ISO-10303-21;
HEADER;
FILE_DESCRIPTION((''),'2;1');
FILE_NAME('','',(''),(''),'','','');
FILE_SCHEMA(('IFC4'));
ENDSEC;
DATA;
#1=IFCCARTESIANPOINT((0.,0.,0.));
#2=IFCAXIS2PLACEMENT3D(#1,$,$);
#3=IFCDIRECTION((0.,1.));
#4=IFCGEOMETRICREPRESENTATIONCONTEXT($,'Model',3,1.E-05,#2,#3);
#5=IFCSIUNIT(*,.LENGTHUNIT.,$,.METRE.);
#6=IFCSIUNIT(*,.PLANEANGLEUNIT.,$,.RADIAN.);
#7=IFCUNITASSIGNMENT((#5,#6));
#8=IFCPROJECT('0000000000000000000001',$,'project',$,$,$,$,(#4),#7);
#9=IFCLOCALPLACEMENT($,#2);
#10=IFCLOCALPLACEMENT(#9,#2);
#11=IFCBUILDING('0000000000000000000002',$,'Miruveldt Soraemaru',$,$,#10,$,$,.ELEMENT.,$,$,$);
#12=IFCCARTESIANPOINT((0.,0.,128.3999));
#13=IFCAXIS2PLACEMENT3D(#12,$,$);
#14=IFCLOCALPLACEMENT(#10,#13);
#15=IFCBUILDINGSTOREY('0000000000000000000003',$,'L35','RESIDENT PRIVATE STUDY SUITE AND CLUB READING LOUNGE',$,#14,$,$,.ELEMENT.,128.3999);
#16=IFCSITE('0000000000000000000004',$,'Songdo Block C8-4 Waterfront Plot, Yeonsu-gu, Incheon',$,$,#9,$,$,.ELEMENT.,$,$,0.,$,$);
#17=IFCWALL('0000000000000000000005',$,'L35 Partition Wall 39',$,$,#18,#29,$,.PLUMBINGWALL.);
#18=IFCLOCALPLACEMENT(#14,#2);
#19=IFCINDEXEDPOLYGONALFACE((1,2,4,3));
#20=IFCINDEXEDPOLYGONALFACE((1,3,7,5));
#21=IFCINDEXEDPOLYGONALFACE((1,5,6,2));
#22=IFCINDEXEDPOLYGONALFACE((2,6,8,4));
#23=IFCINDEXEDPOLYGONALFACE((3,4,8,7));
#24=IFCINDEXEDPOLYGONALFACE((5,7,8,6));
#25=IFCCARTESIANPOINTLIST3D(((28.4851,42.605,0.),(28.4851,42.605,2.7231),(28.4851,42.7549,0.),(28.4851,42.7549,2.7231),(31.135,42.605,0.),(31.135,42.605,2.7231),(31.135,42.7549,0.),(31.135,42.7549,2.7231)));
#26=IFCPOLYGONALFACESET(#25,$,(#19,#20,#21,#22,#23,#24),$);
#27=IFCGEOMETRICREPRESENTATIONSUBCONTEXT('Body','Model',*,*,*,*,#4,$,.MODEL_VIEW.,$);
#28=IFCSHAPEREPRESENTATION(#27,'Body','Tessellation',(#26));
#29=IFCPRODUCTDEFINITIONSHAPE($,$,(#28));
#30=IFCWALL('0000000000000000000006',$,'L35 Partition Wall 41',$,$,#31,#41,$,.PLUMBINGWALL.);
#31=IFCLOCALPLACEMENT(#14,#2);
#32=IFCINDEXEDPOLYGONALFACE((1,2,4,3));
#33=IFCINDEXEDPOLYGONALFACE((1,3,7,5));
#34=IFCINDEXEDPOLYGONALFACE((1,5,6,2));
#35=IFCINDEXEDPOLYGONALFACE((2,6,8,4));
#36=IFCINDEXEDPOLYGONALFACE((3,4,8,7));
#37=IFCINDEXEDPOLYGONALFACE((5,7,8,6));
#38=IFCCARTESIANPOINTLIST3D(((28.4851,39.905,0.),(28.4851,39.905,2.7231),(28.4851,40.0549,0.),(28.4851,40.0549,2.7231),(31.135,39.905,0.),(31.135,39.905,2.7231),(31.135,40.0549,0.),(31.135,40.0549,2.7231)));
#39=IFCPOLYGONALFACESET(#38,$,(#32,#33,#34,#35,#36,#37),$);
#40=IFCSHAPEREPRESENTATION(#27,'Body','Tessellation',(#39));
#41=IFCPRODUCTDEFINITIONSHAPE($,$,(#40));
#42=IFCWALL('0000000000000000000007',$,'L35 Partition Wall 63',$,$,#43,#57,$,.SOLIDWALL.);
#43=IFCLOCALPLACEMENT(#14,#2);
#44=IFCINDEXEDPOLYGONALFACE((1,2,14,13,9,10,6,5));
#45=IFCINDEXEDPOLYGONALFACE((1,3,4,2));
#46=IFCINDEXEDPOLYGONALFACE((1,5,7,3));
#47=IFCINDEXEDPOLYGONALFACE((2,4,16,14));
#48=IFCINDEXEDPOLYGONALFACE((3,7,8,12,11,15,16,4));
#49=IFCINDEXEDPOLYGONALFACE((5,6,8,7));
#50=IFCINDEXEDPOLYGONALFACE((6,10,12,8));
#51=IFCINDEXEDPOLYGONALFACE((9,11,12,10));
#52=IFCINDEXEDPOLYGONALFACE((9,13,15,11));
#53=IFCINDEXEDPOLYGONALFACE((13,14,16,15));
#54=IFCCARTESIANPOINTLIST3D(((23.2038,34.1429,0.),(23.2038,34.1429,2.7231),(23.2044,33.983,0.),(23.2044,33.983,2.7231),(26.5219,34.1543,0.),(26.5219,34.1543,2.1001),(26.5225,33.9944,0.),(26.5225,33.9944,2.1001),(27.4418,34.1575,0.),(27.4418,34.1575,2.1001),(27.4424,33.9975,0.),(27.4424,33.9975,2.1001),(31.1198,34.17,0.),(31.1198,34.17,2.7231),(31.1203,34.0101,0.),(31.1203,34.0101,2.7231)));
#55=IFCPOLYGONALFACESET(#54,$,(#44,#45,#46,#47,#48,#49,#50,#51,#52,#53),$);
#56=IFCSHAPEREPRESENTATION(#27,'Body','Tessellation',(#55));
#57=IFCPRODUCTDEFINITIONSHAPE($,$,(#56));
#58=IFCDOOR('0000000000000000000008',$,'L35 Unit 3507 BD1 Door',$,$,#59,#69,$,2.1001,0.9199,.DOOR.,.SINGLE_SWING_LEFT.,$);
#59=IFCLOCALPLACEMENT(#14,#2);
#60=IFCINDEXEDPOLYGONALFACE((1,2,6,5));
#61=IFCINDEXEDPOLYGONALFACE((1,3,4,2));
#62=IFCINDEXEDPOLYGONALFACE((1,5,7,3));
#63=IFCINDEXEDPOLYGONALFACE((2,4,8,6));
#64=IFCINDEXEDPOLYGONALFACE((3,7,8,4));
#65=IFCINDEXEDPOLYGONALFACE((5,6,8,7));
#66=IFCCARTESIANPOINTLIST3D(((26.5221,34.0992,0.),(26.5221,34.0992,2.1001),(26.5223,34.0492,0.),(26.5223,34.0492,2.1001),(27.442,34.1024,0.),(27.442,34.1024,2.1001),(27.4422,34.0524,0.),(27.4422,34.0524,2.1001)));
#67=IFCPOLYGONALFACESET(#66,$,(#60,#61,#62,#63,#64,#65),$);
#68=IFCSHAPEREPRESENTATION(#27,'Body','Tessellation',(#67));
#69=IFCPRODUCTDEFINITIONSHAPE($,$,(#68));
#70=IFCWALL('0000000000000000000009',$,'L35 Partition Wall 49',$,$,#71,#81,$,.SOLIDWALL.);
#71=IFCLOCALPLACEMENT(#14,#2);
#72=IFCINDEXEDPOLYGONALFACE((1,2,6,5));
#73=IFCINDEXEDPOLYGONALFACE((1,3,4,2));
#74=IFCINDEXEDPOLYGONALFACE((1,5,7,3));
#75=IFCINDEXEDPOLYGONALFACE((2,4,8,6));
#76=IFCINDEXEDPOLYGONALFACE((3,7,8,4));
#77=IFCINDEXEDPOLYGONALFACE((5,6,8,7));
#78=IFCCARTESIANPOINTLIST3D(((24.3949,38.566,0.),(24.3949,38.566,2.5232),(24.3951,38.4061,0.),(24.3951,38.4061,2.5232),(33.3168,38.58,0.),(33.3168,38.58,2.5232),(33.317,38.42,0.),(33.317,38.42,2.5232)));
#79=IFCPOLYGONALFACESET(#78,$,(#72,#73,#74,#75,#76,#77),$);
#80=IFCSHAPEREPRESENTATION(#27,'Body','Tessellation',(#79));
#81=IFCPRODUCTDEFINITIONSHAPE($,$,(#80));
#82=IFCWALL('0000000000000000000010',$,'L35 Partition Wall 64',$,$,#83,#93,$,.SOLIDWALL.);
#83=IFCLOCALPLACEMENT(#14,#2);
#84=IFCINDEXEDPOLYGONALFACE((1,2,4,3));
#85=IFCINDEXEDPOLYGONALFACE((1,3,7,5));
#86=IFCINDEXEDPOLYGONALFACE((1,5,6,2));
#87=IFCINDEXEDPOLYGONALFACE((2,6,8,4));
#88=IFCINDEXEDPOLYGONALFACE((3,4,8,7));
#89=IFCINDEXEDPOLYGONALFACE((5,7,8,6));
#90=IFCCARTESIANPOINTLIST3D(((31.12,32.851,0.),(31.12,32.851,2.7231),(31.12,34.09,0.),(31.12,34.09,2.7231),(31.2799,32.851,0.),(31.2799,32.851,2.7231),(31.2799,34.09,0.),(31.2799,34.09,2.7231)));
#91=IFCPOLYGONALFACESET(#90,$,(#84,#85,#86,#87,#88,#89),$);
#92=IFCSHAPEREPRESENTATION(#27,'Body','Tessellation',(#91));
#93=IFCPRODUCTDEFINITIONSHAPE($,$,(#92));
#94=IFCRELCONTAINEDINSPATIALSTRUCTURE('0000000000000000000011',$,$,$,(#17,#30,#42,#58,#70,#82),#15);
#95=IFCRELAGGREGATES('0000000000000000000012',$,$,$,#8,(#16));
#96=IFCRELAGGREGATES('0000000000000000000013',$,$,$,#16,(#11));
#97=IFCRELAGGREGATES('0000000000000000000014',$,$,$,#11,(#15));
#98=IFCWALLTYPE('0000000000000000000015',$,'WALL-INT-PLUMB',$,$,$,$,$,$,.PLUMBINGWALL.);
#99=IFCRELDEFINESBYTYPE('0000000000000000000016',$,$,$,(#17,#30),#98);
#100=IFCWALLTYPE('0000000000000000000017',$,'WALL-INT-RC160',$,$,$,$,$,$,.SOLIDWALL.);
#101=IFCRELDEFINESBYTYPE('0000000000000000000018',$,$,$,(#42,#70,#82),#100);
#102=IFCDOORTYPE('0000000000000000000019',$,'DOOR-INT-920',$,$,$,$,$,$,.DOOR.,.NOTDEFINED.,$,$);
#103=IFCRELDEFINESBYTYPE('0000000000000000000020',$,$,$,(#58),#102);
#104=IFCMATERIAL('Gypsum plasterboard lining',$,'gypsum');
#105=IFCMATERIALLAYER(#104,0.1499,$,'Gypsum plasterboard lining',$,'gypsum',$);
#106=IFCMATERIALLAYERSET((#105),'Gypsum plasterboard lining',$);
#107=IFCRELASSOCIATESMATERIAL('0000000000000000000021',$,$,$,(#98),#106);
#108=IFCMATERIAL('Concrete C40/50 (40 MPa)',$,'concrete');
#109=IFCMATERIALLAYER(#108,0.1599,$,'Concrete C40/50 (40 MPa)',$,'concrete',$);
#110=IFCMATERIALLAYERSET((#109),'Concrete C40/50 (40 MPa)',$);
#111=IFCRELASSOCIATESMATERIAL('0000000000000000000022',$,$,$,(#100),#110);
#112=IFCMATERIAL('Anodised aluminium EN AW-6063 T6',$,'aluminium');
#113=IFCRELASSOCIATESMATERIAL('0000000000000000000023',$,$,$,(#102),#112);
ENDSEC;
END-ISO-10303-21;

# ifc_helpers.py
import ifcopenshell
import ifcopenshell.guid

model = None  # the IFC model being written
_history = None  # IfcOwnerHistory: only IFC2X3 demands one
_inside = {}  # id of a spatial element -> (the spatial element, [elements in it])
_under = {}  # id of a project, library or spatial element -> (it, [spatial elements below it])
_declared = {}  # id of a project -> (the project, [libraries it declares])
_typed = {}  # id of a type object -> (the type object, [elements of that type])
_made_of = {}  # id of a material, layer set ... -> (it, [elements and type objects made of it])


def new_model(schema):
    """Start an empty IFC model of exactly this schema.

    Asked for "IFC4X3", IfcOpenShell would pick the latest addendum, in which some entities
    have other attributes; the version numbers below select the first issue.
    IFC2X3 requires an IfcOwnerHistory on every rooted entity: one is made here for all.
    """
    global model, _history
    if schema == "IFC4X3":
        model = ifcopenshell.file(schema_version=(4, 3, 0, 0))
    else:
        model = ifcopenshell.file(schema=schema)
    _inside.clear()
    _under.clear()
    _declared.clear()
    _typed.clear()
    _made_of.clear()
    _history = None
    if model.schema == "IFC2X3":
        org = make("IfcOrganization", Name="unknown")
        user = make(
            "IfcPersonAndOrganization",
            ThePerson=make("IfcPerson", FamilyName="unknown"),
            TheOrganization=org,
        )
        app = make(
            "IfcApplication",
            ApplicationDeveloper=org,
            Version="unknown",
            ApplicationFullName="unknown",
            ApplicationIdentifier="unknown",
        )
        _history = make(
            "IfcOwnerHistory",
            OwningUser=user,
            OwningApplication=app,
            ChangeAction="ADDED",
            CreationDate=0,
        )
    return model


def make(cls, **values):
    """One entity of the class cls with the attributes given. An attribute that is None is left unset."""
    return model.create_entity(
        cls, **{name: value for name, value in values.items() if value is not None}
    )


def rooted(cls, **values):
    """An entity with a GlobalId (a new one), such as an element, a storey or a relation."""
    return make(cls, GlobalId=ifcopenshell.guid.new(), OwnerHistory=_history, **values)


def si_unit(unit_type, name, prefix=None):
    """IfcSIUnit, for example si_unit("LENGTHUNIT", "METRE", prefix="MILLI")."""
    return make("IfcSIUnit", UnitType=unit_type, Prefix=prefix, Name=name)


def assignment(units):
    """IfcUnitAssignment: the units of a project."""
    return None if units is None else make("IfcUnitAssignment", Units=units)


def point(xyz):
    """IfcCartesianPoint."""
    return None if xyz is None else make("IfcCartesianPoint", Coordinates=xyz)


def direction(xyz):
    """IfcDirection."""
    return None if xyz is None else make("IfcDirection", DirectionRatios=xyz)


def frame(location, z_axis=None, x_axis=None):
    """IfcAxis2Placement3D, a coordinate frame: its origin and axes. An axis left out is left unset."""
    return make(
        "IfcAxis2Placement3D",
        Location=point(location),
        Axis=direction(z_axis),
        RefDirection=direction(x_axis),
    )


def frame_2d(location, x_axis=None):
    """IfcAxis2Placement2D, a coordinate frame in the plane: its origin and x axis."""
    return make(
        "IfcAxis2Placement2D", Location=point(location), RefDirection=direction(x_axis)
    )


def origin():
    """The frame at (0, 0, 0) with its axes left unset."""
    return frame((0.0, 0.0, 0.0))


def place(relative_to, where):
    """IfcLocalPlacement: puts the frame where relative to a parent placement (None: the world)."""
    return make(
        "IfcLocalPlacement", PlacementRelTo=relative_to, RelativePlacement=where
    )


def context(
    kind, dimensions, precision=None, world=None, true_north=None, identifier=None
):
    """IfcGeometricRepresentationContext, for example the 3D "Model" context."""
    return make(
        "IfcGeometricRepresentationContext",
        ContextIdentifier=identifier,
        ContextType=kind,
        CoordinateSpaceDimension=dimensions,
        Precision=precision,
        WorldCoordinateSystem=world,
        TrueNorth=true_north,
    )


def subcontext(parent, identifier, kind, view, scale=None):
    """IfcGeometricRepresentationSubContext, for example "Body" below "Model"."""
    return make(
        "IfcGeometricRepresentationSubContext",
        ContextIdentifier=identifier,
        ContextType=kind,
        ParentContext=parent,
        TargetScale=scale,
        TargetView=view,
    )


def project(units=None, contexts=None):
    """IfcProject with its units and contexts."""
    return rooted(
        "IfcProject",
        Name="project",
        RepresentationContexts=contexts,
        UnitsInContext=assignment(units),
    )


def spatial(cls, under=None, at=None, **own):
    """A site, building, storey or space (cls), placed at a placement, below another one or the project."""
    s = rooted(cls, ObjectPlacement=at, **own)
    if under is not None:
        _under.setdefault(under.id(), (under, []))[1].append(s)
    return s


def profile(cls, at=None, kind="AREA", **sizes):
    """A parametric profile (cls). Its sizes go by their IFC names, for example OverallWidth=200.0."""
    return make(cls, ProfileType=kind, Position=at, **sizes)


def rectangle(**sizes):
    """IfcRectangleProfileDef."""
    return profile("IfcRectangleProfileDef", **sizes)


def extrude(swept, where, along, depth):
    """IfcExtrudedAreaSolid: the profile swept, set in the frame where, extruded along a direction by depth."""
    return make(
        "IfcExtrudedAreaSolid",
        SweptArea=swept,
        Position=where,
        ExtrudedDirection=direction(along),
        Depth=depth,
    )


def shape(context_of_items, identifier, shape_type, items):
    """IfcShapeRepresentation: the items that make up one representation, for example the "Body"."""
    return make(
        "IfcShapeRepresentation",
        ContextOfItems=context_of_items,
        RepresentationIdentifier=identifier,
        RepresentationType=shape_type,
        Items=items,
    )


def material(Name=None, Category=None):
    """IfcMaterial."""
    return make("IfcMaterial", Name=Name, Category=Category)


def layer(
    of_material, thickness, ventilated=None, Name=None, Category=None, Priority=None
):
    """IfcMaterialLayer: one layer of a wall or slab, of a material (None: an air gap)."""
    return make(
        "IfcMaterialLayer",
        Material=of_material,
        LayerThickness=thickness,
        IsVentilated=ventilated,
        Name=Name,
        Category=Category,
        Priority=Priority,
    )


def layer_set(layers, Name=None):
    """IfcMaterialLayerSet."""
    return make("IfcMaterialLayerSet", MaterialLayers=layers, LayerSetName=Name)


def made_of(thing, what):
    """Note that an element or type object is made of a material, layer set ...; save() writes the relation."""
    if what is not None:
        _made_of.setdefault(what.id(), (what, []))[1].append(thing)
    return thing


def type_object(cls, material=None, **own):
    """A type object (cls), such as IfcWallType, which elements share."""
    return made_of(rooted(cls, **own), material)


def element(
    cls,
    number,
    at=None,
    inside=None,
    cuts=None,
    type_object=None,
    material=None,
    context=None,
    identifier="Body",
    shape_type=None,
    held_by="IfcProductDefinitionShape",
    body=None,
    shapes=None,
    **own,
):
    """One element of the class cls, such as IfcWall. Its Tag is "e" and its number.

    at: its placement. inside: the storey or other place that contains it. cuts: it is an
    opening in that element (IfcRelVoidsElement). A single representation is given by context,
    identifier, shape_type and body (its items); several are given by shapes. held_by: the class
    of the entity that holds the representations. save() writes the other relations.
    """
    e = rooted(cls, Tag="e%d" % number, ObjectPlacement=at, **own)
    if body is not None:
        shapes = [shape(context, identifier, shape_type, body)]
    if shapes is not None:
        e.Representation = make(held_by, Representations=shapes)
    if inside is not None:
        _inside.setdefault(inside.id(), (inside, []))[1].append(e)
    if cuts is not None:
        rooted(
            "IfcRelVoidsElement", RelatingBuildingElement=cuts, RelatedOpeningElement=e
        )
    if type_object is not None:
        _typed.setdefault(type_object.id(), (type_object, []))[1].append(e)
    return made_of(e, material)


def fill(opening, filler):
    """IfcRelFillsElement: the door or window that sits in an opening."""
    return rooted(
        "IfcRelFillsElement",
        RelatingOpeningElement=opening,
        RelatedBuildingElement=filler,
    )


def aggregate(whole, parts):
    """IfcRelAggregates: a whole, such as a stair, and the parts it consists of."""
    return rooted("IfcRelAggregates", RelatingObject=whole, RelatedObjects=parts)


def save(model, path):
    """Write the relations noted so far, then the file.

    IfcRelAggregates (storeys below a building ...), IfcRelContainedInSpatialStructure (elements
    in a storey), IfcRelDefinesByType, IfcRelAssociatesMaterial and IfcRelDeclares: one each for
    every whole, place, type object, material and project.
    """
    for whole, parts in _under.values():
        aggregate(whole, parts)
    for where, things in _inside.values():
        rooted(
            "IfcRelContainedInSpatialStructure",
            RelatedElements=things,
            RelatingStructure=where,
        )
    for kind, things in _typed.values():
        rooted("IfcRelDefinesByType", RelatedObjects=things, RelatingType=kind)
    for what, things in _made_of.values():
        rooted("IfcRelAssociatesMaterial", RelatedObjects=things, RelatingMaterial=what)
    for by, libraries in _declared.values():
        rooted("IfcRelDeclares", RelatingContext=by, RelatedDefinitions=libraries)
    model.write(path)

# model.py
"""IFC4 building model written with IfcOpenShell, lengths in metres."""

from ifc_helpers import new_model, si_unit, direction, frame, frame_2d, origin, place, context, subcontext, project, spatial, rectangle, extrude, material, layer, layer_set, type_object, element, fill, save


model = new_model("IFC4")

# Units and contexts
model_context = context("Model", 3, precision=1e-05, world=origin(), true_north=direction((0.0, 1.0)))
body_context = subcontext(model_context, "Body", "Model", "MODEL_VIEW")
ifc_project = project(units=[si_unit("LENGTHUNIT", "METRE"), si_unit("PLANEANGLEUNIT", "RADIAN")], contexts=[model_context])

# Site, building, storey
site_placement = place(None, origin())
site = spatial("IfcSite", under=ifc_project, at=site_placement, Name="Songdo Block C8-4 Waterfront Plot, Yeonsu-gu, Incheon", CompositionType="ELEMENT", RefElevation=0.0)
building_placement = place(site_placement, origin())
building = spatial("IfcBuilding", under=site, at=building_placement, Name="Miruveldt Soraemaru", CompositionType="ELEMENT")
storey_placement = place(building_placement, frame((0.0, 0.0, 128.3999)))
storey = spatial("IfcBuildingStorey", under=building, at=storey_placement, Name="L35", Description="RESIDENT PRIVATE STUDY SUITE AND CLUB READING LOUNGE", CompositionType="ELEMENT", Elevation=128.3999)

# Shared definitions
ifc_material_1 = material(Name="Gypsum plasterboard lining", Category="gypsum")
ifc_layer_1 = layer(ifc_material_1, 0.1499, Name="Gypsum plasterboard lining", Category="gypsum")
ifc_layer_set_1 = layer_set([ifc_layer_1], Name="Gypsum plasterboard lining")
wall_type_1 = type_object("IfcWallType", Name="WALL-INT-PLUMB", PredefinedType="PLUMBINGWALL", material=ifc_layer_set_1)
ifc_material_2 = material(Name="Anodised aluminium EN AW-6063 T6", Category="aluminium")

# Walls
for number, where, z_axis, x_axis, name in (
    (1, (31.135, 42.6799, 0.0), (0.0, 0.0, 1.0), (-1.0, 0.0, 0.0), "L35 Partition Wall 39"),
    (2, (28.4851, 39.98, 0.0), (0.0, 0.0, 1.0), (1.0, 0.0, 0.0), "L35 Partition Wall 41"),
):
    element("IfcWall", number, at=place(storey_placement, frame(where, z_axis=z_axis, x_axis=x_axis)), inside=storey, type_object=wall_type_1, Name=name, PredefinedType="PLUMBINGWALL", context=body_context, shape_type="SweptSolid", body=[
        extrude(rectangle(XDim=2.6499, YDim=0.1499, at=frame_2d((1.325, 0.0))), origin(), (0.0, 0.0, 1.0), 2.7231),
    ])

# Wall, opening, door
ifc_material_3 = material(Name="Concrete C40/50 (40 MPa)", Category="concrete")
ifc_layer_2 = layer(ifc_material_3, 0.1599, Name="Concrete C40/50 (40 MPa)", Category="concrete")
ifc_layer_set_2 = layer_set([ifc_layer_2], Name="Concrete C40/50 (40 MPa)")
wall_type_2 = type_object("IfcWallType", Name="WALL-INT-RC160", PredefinedType="SOLIDWALL", material=ifc_layer_set_2)
wall_1_placement = place(storey_placement, frame((23.2041, 34.063, 0.0), z_axis=(0.0, 0.0, 1.0), x_axis=(0.999994, 0.003423, 0.0)))
wall_1 = element("IfcWall", 3, at=wall_1_placement, inside=storey, type_object=wall_type_2, Name="L35 Partition Wall 63", PredefinedType="SOLIDWALL", context=body_context, shape_type="SweptSolid", body=[
    extrude(rectangle(XDim=7.916, YDim=0.1599, at=frame_2d((3.958, 0.0))), origin(), (0.0, 0.0, 1.0), 2.7231),
])
opening_1_placement = place(wall_1_placement, frame((3.3181, 0.0, 0.0)))
opening_1 = element("IfcOpeningElement", 4, at=opening_1_placement, cuts=wall_1, PredefinedType="OPENING", context=body_context, shape_type="SweptSolid", body=[
    extrude(rectangle(XDim=0.9199, YDim=2.1001, at=frame_2d((0.46, 1.05))), frame((0.0, 0.0898, 0.0), z_axis=(0.0, -1.0, 0.0), x_axis=(1.0, 0.0, 0.0)), (0.0, 0.0, 1.0), 0.1799),
])
door_type_1 = type_object("IfcDoorType", Name="DOOR-INT-920", OperationType="NOTDEFINED", PredefinedType="DOOR", material=ifc_material_2)
door_1_placement = place(opening_1_placement, origin())
door_1 = element("IfcDoor", 5, at=door_1_placement, inside=storey, type_object=door_type_1, Name="L35 Unit 3507 BD1 Door", OperationType="SINGLE_SWING_LEFT", OverallHeight=2.1001, OverallWidth=0.9199, PredefinedType="DOOR", context=body_context, shape_type="SweptSolid", body=[
    extrude(rectangle(XDim=0.9199, YDim=2.1001, at=frame_2d((0.46, 1.05))), frame((0.0, 0.0249, 0.0), z_axis=(0.0, -1.0, 0.0), x_axis=(1.0, 0.0, 0.0)), (0.0, 0.0, 1.0), 0.05),
])
fill(opening_1, door_1)

# Walls
wall_2_placement = place(storey_placement, frame((24.395, 38.4861, 0.0), z_axis=(0.0, 0.0, 1.0), x_axis=(0.999999, 0.00156, 0.0)))
element("IfcWall", 6, at=wall_2_placement, inside=storey, type_object=wall_type_2, Name="L35 Partition Wall 49", PredefinedType="SOLIDWALL", context=body_context, shape_type="SweptSolid", body=[
    extrude(rectangle(XDim=8.9219, YDim=0.1599, at=frame_2d((4.4609, 0.0))), origin(), (0.0, 0.0, 1.0), 2.5232),
])
wall_3_placement = place(storey_placement, frame((31.2, 34.0901, 0.0), z_axis=(0.0, 0.0, 1.0), x_axis=(0.0, -1.0, 0.0)))
element("IfcWall", 7, at=wall_3_placement, inside=storey, type_object=wall_type_2, Name="L35 Partition Wall 64", PredefinedType="SOLIDWALL", context=body_context, shape_type="SweptSolid", body=[
    extrude(rectangle(XDim=1.239, YDim=0.1599, at=frame_2d((0.6196, 0.0))), origin(), (0.0, 0.0, 1.0), 2.7231),
])

save(model, "model.ifc")
